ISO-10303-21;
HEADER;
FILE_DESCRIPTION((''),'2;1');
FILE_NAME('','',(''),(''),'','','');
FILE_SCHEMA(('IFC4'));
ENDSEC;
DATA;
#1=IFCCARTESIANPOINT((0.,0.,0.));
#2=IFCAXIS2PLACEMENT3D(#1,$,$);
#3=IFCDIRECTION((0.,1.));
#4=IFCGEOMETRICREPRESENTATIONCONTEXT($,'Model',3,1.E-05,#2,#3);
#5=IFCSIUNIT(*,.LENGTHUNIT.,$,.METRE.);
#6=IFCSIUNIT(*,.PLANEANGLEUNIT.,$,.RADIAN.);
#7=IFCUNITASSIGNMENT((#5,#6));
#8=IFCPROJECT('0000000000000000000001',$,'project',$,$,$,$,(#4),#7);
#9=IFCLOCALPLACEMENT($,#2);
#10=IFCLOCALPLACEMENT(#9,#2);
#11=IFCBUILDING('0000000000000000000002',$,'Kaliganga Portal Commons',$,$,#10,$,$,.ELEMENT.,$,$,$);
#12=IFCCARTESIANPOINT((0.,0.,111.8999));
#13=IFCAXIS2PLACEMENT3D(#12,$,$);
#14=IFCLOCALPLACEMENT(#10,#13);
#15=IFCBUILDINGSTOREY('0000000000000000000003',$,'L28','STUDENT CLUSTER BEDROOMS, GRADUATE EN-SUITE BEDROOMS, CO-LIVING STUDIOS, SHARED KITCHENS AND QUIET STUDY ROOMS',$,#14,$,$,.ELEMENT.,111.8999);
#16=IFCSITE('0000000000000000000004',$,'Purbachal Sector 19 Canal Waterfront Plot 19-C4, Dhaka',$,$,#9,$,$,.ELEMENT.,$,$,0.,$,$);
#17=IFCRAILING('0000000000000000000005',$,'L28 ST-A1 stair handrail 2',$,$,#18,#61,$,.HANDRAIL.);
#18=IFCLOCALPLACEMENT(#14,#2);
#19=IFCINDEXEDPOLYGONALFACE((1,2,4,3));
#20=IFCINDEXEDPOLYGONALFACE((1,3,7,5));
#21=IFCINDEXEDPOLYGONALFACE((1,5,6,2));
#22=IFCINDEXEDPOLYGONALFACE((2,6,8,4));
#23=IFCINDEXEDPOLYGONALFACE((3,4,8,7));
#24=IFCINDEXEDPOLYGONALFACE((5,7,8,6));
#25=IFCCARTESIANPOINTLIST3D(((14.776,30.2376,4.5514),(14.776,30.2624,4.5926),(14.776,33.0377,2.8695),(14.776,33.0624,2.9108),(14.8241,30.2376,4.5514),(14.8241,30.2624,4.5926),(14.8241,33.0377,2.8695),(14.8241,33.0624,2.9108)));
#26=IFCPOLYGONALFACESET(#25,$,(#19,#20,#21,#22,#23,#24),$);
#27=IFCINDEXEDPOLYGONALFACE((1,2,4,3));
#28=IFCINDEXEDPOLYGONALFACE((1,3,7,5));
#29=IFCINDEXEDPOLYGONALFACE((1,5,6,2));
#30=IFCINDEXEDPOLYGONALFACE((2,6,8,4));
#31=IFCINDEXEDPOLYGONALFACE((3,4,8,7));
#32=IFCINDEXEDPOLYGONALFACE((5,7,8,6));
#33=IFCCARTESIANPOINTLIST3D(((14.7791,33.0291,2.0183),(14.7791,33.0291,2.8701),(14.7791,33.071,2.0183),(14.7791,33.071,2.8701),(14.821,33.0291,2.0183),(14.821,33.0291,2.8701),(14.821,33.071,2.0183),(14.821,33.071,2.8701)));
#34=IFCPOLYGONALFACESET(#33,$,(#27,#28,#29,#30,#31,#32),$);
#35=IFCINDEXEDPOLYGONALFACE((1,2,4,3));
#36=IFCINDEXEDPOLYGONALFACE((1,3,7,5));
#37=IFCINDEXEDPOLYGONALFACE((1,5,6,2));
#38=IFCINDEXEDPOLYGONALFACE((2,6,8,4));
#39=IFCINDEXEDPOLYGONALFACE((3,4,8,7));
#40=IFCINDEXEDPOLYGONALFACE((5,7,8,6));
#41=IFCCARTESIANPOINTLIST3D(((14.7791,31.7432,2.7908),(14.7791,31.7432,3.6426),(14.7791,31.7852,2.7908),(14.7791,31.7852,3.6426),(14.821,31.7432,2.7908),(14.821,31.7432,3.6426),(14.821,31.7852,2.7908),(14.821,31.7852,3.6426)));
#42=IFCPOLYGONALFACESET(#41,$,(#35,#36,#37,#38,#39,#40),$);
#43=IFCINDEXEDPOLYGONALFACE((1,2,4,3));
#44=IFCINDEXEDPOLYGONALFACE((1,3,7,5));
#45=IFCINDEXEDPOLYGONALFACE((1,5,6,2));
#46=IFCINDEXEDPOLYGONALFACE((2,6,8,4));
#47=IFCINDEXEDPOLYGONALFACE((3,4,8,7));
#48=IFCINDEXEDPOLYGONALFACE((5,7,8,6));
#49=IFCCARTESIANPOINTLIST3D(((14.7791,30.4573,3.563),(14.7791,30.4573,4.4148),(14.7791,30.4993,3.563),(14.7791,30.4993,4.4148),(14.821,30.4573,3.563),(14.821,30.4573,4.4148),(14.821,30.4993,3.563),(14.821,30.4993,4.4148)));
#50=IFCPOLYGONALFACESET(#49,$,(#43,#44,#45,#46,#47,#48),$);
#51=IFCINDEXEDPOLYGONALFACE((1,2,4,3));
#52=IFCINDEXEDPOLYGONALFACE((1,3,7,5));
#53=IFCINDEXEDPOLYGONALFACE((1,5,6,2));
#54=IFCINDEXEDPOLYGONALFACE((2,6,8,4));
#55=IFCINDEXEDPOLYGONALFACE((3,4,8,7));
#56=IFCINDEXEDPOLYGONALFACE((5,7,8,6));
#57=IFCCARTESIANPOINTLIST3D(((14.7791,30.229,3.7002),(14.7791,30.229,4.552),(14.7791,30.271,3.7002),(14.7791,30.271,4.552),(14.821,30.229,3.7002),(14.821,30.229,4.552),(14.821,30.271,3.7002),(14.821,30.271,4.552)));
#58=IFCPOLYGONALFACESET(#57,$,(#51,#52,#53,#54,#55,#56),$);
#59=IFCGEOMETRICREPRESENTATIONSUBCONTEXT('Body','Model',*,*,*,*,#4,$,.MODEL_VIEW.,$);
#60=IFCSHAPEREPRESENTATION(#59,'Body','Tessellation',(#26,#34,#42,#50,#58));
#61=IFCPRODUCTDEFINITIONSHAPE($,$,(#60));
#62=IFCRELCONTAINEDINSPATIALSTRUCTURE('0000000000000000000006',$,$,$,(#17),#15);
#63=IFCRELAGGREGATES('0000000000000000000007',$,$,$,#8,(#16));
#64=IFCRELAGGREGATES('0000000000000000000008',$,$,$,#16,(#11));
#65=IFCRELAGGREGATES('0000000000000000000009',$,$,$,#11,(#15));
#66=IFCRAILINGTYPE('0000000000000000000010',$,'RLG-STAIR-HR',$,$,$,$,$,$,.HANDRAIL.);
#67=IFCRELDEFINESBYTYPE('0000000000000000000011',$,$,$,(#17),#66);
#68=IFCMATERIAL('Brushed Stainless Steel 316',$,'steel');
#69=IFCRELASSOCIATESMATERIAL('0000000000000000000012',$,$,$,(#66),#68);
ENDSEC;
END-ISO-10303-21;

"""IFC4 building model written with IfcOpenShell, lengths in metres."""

from ifc_helpers import new_model, si_unit, direction, frame, origin, origin_2d, place, context, subcontext, project, spatial, rectangle, extrude, material, type_object, element, save


model = new_model("IFC4")

# Units and contexts
model_context = context("Model", 3, precision=1e-05, world=origin(), true_north=direction((0.0, 1.0)))
body_context = subcontext(model_context, "Body", "Model", "MODEL_VIEW")
ifc_project = project(units=[si_unit("LENGTHUNIT", "METRE"), si_unit("PLANEANGLEUNIT", "RADIAN")], contexts=[model_context])

# Site, building, storey
site_placement = place(None, origin())
site = spatial("IfcSite", under=ifc_project, at=site_placement, Name="Purbachal Sector 19 Canal Waterfront Plot 19-C4, Dhaka", CompositionType="ELEMENT", RefElevation=0.0)
building_placement = place(site_placement, origin())
building = spatial("IfcBuilding", under=site, at=building_placement, Name="Kaliganga Portal Commons", CompositionType="ELEMENT")
storey_placement = place(building_placement, frame((0.0, 0.0, 111.8999)))
storey = spatial("IfcBuildingStorey", under=building, at=storey_placement, Name="L28", Description="STUDENT CLUSTER BEDROOMS, GRADUATE EN-SUITE BEDROOMS, CO-LIVING STUDIOS, SHARED KITCHENS AND QUIET STUDY ROOMS", CompositionType="ELEMENT", Elevation=111.8999)

# Railing
ifc_material_1 = material(Name="Brushed Stainless Steel 316", Category="steel")
railing_type_1 = type_object("IfcRailingType", Name="RLG-STAIR-HR", PredefinedType="HANDRAIL", material=ifc_material_1)
railing_1_placement = place(storey_placement, frame((14.8, 33.05, 2.0183)))
element("IfcRailing", 1, at=railing_1_placement, inside=storey, type_object=railing_type_1, Name="L28 ST-A1 stair handrail 2", PredefinedType="HANDRAIL", context=body_context, shape_type="SweptSolid", body=[
    extrude(rectangle(XDim=0.0481, YDim=0.0481, at=origin_2d()), frame((0.0, 0.0, 0.8718), z_axis=(0.0, -0.857242, 0.514913), x_axis=(1.0, 0.0, 0.0)), (0.0, 0.0, 1.0), 3.2664),
    extrude(rectangle(XDim=0.042, YDim=0.042, at=origin_2d()), origin(), (0.0, 0.0, 1.0), 0.8518),
    extrude(rectangle(XDim=0.042, YDim=0.042, at=origin_2d()), frame((0.0, -1.2859, 0.7725)), (0.0, 0.0, 1.0), 0.8518),
    extrude(rectangle(XDim=0.042, YDim=0.042, at=origin_2d()), frame((0.0, -2.5718, 1.5447)), (0.0, 0.0, 1.0), 0.8518),
    extrude(rectangle(XDim=0.042, YDim=0.042, at=origin_2d()), frame((0.0, -2.8, 1.6819)), (0.0, 0.0, 1.0), 0.8518),
])

save(model, "model.ifc")
